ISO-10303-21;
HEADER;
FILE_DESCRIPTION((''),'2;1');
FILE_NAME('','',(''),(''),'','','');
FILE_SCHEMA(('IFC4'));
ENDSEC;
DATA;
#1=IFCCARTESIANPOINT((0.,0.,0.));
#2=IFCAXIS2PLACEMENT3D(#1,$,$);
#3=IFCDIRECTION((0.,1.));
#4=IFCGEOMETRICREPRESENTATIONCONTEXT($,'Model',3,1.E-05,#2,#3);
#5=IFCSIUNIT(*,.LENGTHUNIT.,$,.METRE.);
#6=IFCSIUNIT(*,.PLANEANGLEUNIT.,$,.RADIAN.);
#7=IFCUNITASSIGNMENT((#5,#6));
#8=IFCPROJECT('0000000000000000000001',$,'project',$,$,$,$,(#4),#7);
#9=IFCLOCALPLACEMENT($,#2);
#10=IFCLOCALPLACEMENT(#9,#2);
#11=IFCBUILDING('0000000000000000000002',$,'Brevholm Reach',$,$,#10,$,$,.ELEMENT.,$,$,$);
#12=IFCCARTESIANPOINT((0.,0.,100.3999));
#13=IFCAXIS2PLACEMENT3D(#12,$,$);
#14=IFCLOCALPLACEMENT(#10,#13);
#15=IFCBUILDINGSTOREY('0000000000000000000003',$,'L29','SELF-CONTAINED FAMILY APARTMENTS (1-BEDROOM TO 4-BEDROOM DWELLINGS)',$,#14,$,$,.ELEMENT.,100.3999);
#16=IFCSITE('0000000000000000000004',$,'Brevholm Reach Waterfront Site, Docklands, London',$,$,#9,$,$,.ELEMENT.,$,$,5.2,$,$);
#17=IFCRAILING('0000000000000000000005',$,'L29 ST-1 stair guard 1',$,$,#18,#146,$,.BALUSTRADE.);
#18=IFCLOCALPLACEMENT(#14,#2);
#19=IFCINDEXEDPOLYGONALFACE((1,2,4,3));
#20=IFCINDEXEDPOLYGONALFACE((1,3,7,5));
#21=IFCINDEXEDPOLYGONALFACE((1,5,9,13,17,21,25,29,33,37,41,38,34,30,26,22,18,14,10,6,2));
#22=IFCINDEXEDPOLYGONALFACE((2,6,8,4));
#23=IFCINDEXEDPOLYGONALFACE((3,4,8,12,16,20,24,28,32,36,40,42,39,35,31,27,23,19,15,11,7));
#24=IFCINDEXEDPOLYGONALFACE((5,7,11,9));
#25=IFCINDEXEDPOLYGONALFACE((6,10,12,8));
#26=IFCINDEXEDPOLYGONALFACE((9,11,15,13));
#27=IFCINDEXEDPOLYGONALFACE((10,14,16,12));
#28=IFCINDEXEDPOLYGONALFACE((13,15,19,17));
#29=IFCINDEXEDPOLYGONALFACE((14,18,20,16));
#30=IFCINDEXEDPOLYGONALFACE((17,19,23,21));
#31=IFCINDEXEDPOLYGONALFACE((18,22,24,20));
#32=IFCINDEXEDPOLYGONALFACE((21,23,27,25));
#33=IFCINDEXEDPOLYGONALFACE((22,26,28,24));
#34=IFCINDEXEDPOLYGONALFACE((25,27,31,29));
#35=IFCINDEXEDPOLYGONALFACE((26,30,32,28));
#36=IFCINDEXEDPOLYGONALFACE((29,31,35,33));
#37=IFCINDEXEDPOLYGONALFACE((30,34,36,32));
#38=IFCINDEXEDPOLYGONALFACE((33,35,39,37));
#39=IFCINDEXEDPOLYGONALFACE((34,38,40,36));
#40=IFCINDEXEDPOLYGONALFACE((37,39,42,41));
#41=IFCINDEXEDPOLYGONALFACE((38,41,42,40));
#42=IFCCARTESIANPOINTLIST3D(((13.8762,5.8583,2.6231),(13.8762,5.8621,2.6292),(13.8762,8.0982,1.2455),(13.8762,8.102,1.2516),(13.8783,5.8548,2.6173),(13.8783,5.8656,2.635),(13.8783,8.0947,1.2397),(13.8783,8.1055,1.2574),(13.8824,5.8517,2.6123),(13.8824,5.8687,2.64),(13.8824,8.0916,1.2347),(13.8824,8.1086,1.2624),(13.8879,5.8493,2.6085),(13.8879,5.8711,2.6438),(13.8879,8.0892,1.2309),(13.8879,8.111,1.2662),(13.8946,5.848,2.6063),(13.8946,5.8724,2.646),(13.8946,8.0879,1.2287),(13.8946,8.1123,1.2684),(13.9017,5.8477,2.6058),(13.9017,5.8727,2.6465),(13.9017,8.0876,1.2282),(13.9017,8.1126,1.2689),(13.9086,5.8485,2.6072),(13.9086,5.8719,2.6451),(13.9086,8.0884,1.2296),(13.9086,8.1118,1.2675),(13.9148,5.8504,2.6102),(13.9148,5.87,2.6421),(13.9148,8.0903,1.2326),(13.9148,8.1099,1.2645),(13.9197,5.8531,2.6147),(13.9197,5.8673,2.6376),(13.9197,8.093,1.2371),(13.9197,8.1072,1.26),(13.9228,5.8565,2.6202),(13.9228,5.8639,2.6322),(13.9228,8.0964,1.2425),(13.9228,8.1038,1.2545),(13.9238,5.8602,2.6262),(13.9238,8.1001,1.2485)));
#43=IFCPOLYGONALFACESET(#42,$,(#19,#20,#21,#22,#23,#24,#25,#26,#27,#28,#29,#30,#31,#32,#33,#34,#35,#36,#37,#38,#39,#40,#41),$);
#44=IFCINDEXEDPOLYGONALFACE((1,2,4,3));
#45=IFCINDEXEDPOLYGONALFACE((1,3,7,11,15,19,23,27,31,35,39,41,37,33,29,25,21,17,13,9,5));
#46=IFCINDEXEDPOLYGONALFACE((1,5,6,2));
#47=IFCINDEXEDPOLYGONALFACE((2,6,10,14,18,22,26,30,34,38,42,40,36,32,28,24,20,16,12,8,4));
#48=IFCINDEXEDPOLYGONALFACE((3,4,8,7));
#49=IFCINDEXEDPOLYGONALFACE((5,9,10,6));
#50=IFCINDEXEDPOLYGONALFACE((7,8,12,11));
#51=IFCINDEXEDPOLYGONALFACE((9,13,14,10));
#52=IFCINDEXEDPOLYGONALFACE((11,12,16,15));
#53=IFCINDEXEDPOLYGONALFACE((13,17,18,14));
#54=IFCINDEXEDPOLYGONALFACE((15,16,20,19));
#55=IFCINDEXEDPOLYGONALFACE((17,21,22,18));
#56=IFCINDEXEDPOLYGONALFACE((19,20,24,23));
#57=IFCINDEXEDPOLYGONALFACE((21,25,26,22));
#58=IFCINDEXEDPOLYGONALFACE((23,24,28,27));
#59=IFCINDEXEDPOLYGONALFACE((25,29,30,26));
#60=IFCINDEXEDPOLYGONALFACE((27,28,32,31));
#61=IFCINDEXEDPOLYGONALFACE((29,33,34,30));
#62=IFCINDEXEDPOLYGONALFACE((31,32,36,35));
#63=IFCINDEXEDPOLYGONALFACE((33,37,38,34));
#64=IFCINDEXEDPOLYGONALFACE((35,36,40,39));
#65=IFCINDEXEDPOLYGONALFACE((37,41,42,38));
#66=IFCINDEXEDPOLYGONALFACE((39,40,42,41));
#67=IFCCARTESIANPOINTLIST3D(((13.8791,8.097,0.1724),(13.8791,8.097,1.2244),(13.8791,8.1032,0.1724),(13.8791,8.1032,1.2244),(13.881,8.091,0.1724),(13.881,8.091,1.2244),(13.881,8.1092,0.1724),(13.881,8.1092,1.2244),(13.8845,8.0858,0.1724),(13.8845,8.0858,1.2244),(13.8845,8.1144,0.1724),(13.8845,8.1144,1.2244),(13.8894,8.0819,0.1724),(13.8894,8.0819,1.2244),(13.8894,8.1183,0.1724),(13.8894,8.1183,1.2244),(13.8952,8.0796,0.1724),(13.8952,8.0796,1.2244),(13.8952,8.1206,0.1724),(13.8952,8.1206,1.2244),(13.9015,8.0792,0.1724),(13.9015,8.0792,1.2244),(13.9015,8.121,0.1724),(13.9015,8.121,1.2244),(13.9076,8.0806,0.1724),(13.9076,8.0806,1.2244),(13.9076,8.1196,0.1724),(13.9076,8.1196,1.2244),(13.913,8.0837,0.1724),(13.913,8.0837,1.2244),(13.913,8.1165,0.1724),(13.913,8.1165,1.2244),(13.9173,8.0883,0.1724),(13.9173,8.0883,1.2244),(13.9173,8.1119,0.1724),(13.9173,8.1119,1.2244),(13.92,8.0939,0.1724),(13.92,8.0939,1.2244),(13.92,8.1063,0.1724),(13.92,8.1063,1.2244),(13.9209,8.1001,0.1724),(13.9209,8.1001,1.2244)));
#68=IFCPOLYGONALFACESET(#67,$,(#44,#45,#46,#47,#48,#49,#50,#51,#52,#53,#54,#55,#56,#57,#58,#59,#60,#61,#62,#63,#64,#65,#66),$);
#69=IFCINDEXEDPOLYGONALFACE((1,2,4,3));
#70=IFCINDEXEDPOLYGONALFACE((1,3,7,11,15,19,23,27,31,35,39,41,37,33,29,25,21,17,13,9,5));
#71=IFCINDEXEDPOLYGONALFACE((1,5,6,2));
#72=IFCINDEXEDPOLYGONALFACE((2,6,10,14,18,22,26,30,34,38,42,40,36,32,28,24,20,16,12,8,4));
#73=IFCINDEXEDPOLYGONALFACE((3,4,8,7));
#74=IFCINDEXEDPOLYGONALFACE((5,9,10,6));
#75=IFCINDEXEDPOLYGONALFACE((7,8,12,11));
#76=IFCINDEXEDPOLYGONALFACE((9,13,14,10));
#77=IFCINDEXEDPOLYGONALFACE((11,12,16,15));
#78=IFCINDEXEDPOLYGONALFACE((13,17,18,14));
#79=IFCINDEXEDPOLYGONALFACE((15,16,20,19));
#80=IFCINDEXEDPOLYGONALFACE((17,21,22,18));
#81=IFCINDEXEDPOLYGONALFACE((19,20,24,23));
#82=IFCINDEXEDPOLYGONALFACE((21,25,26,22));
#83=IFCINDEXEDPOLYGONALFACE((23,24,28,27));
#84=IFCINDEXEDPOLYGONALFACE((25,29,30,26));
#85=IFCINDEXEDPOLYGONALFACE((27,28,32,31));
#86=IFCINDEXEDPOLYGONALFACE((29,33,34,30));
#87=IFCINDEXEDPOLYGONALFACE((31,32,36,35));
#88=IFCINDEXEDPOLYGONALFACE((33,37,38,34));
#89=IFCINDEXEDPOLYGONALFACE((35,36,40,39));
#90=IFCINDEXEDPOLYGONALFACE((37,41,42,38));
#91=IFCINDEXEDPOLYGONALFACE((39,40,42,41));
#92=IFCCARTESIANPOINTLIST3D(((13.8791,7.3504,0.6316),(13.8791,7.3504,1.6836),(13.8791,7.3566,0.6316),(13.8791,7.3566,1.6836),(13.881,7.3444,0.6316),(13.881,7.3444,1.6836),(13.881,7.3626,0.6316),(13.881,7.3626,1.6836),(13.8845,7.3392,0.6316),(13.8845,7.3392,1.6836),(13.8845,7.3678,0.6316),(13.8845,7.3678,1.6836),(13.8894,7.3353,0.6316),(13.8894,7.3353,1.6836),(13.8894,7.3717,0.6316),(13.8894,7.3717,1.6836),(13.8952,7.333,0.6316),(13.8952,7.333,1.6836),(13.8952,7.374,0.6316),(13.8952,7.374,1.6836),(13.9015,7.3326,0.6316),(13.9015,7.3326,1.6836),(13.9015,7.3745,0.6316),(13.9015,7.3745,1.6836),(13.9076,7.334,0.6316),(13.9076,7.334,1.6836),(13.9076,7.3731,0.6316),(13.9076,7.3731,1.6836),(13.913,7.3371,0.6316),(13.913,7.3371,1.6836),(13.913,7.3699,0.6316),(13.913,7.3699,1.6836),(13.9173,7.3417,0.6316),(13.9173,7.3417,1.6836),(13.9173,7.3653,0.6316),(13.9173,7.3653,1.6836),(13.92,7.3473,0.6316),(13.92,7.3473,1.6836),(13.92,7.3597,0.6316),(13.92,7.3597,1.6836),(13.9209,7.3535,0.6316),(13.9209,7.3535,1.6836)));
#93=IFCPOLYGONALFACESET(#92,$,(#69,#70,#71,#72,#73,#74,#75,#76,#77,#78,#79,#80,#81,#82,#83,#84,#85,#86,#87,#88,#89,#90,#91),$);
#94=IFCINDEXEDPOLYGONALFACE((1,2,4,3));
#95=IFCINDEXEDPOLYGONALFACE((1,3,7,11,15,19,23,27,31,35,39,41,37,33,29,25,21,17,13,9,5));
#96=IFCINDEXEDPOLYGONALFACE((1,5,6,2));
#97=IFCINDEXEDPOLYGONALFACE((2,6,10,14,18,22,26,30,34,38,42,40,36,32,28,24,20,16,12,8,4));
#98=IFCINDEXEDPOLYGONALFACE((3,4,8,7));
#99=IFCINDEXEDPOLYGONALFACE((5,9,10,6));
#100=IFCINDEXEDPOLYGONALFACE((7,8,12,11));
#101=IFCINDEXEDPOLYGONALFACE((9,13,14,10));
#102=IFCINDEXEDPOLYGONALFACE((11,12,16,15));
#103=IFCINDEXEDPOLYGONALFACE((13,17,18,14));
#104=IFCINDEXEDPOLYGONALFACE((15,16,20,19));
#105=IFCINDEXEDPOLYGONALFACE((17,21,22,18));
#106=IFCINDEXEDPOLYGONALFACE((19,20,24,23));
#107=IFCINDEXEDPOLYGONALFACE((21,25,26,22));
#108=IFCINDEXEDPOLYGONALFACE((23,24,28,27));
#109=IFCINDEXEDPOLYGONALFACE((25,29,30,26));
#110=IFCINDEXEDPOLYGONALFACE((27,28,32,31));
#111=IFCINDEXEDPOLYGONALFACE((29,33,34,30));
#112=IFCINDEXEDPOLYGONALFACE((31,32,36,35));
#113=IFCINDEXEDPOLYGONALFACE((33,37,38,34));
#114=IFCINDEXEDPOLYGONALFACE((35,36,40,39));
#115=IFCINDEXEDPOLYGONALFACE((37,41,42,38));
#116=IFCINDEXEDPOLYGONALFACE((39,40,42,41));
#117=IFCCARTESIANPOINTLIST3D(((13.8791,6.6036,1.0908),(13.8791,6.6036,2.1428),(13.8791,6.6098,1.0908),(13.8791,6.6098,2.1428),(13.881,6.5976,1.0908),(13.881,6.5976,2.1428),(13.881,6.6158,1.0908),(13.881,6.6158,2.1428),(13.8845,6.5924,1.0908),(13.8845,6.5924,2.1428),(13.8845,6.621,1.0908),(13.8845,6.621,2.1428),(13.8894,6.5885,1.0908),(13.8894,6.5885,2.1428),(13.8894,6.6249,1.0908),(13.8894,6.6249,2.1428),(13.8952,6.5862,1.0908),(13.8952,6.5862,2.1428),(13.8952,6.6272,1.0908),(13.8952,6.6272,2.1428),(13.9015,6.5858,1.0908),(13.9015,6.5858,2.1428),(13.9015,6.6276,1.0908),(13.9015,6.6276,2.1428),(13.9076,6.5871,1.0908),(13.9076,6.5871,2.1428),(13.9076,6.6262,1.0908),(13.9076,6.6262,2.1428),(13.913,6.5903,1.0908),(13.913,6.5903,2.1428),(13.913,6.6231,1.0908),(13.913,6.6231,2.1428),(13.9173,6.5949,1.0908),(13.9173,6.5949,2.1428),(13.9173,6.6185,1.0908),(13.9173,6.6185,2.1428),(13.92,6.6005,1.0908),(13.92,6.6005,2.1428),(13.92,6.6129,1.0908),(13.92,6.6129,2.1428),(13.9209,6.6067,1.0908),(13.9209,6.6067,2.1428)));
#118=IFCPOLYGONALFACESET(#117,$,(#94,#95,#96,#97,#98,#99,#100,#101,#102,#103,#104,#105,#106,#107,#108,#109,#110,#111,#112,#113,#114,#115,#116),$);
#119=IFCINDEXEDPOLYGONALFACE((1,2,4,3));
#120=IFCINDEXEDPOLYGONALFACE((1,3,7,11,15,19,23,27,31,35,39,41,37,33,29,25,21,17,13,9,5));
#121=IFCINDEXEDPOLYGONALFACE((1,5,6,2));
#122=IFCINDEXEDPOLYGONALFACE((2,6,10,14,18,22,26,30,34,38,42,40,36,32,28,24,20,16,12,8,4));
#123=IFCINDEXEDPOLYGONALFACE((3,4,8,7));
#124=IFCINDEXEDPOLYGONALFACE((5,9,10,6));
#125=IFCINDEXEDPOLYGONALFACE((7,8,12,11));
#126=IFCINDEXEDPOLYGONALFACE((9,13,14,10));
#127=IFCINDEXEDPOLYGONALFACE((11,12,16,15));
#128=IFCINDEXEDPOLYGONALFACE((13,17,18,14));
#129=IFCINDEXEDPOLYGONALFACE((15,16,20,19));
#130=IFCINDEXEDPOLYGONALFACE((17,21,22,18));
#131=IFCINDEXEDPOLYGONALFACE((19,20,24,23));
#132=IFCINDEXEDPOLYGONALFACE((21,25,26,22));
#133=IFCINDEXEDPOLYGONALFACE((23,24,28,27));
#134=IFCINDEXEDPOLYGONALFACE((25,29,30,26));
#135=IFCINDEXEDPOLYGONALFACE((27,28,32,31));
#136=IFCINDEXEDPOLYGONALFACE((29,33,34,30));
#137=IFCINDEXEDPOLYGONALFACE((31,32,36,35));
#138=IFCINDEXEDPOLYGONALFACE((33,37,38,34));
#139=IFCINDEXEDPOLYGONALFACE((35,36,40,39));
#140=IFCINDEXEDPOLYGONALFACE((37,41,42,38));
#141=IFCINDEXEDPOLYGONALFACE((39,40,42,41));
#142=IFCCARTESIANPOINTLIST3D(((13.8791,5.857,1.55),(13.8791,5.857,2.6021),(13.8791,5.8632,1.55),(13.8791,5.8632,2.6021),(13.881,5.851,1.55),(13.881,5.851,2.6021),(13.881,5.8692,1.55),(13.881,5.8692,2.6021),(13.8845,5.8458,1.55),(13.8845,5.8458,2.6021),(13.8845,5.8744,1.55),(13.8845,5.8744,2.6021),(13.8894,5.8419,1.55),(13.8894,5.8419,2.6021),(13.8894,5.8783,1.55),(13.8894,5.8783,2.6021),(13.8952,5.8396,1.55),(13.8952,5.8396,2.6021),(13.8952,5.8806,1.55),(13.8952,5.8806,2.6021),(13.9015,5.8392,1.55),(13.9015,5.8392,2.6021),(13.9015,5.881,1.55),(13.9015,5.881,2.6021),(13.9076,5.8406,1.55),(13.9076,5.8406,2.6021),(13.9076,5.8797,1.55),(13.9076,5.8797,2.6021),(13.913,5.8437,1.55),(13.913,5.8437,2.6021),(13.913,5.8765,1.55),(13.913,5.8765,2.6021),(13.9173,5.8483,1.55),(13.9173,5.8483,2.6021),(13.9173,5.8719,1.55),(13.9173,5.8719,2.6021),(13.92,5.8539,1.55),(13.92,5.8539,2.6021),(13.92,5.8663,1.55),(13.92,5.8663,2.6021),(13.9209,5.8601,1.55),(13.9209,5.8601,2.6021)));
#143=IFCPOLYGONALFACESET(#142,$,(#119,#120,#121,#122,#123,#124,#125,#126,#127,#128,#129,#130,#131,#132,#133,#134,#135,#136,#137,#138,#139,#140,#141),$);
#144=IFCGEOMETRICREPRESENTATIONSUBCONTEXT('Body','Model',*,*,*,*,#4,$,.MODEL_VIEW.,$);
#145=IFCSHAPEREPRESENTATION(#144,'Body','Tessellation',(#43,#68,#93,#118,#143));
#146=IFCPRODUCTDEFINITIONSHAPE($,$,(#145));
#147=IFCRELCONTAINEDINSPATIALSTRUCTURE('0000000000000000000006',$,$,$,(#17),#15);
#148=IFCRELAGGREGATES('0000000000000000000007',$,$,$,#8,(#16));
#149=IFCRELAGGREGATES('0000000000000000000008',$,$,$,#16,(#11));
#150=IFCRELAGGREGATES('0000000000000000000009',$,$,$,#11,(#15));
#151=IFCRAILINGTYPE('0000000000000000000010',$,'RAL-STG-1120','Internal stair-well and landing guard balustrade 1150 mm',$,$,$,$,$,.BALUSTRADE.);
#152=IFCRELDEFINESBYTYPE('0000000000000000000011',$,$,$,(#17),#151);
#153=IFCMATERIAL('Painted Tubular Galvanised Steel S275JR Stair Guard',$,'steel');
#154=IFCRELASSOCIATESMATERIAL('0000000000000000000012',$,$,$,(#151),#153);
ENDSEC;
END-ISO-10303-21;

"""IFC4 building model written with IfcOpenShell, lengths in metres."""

from ifc_helpers import new_model, si_unit, direction, frame, origin, origin_2d, place, context, subcontext, project, spatial, circle, extrude, material, type_object, element, save


model = new_model("IFC4")

# Units and contexts
model_context = context("Model", 3, precision=1e-05, world=origin(), true_north=direction((0.0, 1.0)))
body_context = subcontext(model_context, "Body", "Model", "MODEL_VIEW")
ifc_project = project(units=[si_unit("LENGTHUNIT", "METRE"), si_unit("PLANEANGLEUNIT", "RADIAN")], contexts=[model_context])

# Site, building, storey
site_placement = place(None, origin())
site = spatial("IfcSite", under=ifc_project, at=site_placement, Name="Brevholm Reach Waterfront Site, Docklands, London", CompositionType="ELEMENT", RefElevation=5.2)
building_placement = place(site_placement, origin())
building = spatial("IfcBuilding", under=site, at=building_placement, Name="Brevholm Reach", CompositionType="ELEMENT")
storey_placement = place(building_placement, frame((0.0, 0.0, 100.3999)))
storey = spatial("IfcBuildingStorey", under=building, at=storey_placement, Name="L29", Description="SELF-CONTAINED FAMILY APARTMENTS (1-BEDROOM TO 4-BEDROOM DWELLINGS)", CompositionType="ELEMENT", Elevation=100.3999)

# Railing
ifc_material_1 = material(Name="Painted Tubular Galvanised Steel S275JR Stair Guard", Category="steel")
railing_type_1 = type_object("IfcRailingType", Name="RAL-STG-1120", Description="Internal stair-well and landing guard balustrade 1150 mm", PredefinedType="BALUSTRADE", material=ifc_material_1)
railing_1_placement = place(storey_placement, frame((13.8999, 8.1001, 0.1724)))
element("IfcRailing", 1, at=railing_1_placement, inside=storey, type_object=railing_type_1, Name="L29 ST-1 stair guard 1", PredefinedType="BALUSTRADE", context=body_context, shape_type="SweptSolid", body=[
    extrude(circle(Radius=0.0239, at=origin_2d()), frame((0.0, 0.0, 1.0762), z_axis=(0.0, -0.851789, 0.523885), x_axis=(1.0, 0.0, 0.0)), (0.0, 0.0, 1.0), 2.6296),
    extrude(circle(Radius=0.021, at=origin_2d()), origin(), (0.0, 0.0, 1.0), 1.052),
    extrude(circle(Radius=0.021, at=origin_2d()), frame((0.0, -0.7466, 0.4592)), (0.0, 0.0, 1.0), 1.052),
    extrude(circle(Radius=0.021, at=origin_2d()), frame((0.0, -1.4934, 0.9185)), (0.0, 0.0, 1.0), 1.052),
    extrude(circle(Radius=0.021, at=origin_2d()), frame((0.0, -2.24, 1.3777)), (0.0, 0.0, 1.0), 1.052),
])

save(model, "model.ifc")
